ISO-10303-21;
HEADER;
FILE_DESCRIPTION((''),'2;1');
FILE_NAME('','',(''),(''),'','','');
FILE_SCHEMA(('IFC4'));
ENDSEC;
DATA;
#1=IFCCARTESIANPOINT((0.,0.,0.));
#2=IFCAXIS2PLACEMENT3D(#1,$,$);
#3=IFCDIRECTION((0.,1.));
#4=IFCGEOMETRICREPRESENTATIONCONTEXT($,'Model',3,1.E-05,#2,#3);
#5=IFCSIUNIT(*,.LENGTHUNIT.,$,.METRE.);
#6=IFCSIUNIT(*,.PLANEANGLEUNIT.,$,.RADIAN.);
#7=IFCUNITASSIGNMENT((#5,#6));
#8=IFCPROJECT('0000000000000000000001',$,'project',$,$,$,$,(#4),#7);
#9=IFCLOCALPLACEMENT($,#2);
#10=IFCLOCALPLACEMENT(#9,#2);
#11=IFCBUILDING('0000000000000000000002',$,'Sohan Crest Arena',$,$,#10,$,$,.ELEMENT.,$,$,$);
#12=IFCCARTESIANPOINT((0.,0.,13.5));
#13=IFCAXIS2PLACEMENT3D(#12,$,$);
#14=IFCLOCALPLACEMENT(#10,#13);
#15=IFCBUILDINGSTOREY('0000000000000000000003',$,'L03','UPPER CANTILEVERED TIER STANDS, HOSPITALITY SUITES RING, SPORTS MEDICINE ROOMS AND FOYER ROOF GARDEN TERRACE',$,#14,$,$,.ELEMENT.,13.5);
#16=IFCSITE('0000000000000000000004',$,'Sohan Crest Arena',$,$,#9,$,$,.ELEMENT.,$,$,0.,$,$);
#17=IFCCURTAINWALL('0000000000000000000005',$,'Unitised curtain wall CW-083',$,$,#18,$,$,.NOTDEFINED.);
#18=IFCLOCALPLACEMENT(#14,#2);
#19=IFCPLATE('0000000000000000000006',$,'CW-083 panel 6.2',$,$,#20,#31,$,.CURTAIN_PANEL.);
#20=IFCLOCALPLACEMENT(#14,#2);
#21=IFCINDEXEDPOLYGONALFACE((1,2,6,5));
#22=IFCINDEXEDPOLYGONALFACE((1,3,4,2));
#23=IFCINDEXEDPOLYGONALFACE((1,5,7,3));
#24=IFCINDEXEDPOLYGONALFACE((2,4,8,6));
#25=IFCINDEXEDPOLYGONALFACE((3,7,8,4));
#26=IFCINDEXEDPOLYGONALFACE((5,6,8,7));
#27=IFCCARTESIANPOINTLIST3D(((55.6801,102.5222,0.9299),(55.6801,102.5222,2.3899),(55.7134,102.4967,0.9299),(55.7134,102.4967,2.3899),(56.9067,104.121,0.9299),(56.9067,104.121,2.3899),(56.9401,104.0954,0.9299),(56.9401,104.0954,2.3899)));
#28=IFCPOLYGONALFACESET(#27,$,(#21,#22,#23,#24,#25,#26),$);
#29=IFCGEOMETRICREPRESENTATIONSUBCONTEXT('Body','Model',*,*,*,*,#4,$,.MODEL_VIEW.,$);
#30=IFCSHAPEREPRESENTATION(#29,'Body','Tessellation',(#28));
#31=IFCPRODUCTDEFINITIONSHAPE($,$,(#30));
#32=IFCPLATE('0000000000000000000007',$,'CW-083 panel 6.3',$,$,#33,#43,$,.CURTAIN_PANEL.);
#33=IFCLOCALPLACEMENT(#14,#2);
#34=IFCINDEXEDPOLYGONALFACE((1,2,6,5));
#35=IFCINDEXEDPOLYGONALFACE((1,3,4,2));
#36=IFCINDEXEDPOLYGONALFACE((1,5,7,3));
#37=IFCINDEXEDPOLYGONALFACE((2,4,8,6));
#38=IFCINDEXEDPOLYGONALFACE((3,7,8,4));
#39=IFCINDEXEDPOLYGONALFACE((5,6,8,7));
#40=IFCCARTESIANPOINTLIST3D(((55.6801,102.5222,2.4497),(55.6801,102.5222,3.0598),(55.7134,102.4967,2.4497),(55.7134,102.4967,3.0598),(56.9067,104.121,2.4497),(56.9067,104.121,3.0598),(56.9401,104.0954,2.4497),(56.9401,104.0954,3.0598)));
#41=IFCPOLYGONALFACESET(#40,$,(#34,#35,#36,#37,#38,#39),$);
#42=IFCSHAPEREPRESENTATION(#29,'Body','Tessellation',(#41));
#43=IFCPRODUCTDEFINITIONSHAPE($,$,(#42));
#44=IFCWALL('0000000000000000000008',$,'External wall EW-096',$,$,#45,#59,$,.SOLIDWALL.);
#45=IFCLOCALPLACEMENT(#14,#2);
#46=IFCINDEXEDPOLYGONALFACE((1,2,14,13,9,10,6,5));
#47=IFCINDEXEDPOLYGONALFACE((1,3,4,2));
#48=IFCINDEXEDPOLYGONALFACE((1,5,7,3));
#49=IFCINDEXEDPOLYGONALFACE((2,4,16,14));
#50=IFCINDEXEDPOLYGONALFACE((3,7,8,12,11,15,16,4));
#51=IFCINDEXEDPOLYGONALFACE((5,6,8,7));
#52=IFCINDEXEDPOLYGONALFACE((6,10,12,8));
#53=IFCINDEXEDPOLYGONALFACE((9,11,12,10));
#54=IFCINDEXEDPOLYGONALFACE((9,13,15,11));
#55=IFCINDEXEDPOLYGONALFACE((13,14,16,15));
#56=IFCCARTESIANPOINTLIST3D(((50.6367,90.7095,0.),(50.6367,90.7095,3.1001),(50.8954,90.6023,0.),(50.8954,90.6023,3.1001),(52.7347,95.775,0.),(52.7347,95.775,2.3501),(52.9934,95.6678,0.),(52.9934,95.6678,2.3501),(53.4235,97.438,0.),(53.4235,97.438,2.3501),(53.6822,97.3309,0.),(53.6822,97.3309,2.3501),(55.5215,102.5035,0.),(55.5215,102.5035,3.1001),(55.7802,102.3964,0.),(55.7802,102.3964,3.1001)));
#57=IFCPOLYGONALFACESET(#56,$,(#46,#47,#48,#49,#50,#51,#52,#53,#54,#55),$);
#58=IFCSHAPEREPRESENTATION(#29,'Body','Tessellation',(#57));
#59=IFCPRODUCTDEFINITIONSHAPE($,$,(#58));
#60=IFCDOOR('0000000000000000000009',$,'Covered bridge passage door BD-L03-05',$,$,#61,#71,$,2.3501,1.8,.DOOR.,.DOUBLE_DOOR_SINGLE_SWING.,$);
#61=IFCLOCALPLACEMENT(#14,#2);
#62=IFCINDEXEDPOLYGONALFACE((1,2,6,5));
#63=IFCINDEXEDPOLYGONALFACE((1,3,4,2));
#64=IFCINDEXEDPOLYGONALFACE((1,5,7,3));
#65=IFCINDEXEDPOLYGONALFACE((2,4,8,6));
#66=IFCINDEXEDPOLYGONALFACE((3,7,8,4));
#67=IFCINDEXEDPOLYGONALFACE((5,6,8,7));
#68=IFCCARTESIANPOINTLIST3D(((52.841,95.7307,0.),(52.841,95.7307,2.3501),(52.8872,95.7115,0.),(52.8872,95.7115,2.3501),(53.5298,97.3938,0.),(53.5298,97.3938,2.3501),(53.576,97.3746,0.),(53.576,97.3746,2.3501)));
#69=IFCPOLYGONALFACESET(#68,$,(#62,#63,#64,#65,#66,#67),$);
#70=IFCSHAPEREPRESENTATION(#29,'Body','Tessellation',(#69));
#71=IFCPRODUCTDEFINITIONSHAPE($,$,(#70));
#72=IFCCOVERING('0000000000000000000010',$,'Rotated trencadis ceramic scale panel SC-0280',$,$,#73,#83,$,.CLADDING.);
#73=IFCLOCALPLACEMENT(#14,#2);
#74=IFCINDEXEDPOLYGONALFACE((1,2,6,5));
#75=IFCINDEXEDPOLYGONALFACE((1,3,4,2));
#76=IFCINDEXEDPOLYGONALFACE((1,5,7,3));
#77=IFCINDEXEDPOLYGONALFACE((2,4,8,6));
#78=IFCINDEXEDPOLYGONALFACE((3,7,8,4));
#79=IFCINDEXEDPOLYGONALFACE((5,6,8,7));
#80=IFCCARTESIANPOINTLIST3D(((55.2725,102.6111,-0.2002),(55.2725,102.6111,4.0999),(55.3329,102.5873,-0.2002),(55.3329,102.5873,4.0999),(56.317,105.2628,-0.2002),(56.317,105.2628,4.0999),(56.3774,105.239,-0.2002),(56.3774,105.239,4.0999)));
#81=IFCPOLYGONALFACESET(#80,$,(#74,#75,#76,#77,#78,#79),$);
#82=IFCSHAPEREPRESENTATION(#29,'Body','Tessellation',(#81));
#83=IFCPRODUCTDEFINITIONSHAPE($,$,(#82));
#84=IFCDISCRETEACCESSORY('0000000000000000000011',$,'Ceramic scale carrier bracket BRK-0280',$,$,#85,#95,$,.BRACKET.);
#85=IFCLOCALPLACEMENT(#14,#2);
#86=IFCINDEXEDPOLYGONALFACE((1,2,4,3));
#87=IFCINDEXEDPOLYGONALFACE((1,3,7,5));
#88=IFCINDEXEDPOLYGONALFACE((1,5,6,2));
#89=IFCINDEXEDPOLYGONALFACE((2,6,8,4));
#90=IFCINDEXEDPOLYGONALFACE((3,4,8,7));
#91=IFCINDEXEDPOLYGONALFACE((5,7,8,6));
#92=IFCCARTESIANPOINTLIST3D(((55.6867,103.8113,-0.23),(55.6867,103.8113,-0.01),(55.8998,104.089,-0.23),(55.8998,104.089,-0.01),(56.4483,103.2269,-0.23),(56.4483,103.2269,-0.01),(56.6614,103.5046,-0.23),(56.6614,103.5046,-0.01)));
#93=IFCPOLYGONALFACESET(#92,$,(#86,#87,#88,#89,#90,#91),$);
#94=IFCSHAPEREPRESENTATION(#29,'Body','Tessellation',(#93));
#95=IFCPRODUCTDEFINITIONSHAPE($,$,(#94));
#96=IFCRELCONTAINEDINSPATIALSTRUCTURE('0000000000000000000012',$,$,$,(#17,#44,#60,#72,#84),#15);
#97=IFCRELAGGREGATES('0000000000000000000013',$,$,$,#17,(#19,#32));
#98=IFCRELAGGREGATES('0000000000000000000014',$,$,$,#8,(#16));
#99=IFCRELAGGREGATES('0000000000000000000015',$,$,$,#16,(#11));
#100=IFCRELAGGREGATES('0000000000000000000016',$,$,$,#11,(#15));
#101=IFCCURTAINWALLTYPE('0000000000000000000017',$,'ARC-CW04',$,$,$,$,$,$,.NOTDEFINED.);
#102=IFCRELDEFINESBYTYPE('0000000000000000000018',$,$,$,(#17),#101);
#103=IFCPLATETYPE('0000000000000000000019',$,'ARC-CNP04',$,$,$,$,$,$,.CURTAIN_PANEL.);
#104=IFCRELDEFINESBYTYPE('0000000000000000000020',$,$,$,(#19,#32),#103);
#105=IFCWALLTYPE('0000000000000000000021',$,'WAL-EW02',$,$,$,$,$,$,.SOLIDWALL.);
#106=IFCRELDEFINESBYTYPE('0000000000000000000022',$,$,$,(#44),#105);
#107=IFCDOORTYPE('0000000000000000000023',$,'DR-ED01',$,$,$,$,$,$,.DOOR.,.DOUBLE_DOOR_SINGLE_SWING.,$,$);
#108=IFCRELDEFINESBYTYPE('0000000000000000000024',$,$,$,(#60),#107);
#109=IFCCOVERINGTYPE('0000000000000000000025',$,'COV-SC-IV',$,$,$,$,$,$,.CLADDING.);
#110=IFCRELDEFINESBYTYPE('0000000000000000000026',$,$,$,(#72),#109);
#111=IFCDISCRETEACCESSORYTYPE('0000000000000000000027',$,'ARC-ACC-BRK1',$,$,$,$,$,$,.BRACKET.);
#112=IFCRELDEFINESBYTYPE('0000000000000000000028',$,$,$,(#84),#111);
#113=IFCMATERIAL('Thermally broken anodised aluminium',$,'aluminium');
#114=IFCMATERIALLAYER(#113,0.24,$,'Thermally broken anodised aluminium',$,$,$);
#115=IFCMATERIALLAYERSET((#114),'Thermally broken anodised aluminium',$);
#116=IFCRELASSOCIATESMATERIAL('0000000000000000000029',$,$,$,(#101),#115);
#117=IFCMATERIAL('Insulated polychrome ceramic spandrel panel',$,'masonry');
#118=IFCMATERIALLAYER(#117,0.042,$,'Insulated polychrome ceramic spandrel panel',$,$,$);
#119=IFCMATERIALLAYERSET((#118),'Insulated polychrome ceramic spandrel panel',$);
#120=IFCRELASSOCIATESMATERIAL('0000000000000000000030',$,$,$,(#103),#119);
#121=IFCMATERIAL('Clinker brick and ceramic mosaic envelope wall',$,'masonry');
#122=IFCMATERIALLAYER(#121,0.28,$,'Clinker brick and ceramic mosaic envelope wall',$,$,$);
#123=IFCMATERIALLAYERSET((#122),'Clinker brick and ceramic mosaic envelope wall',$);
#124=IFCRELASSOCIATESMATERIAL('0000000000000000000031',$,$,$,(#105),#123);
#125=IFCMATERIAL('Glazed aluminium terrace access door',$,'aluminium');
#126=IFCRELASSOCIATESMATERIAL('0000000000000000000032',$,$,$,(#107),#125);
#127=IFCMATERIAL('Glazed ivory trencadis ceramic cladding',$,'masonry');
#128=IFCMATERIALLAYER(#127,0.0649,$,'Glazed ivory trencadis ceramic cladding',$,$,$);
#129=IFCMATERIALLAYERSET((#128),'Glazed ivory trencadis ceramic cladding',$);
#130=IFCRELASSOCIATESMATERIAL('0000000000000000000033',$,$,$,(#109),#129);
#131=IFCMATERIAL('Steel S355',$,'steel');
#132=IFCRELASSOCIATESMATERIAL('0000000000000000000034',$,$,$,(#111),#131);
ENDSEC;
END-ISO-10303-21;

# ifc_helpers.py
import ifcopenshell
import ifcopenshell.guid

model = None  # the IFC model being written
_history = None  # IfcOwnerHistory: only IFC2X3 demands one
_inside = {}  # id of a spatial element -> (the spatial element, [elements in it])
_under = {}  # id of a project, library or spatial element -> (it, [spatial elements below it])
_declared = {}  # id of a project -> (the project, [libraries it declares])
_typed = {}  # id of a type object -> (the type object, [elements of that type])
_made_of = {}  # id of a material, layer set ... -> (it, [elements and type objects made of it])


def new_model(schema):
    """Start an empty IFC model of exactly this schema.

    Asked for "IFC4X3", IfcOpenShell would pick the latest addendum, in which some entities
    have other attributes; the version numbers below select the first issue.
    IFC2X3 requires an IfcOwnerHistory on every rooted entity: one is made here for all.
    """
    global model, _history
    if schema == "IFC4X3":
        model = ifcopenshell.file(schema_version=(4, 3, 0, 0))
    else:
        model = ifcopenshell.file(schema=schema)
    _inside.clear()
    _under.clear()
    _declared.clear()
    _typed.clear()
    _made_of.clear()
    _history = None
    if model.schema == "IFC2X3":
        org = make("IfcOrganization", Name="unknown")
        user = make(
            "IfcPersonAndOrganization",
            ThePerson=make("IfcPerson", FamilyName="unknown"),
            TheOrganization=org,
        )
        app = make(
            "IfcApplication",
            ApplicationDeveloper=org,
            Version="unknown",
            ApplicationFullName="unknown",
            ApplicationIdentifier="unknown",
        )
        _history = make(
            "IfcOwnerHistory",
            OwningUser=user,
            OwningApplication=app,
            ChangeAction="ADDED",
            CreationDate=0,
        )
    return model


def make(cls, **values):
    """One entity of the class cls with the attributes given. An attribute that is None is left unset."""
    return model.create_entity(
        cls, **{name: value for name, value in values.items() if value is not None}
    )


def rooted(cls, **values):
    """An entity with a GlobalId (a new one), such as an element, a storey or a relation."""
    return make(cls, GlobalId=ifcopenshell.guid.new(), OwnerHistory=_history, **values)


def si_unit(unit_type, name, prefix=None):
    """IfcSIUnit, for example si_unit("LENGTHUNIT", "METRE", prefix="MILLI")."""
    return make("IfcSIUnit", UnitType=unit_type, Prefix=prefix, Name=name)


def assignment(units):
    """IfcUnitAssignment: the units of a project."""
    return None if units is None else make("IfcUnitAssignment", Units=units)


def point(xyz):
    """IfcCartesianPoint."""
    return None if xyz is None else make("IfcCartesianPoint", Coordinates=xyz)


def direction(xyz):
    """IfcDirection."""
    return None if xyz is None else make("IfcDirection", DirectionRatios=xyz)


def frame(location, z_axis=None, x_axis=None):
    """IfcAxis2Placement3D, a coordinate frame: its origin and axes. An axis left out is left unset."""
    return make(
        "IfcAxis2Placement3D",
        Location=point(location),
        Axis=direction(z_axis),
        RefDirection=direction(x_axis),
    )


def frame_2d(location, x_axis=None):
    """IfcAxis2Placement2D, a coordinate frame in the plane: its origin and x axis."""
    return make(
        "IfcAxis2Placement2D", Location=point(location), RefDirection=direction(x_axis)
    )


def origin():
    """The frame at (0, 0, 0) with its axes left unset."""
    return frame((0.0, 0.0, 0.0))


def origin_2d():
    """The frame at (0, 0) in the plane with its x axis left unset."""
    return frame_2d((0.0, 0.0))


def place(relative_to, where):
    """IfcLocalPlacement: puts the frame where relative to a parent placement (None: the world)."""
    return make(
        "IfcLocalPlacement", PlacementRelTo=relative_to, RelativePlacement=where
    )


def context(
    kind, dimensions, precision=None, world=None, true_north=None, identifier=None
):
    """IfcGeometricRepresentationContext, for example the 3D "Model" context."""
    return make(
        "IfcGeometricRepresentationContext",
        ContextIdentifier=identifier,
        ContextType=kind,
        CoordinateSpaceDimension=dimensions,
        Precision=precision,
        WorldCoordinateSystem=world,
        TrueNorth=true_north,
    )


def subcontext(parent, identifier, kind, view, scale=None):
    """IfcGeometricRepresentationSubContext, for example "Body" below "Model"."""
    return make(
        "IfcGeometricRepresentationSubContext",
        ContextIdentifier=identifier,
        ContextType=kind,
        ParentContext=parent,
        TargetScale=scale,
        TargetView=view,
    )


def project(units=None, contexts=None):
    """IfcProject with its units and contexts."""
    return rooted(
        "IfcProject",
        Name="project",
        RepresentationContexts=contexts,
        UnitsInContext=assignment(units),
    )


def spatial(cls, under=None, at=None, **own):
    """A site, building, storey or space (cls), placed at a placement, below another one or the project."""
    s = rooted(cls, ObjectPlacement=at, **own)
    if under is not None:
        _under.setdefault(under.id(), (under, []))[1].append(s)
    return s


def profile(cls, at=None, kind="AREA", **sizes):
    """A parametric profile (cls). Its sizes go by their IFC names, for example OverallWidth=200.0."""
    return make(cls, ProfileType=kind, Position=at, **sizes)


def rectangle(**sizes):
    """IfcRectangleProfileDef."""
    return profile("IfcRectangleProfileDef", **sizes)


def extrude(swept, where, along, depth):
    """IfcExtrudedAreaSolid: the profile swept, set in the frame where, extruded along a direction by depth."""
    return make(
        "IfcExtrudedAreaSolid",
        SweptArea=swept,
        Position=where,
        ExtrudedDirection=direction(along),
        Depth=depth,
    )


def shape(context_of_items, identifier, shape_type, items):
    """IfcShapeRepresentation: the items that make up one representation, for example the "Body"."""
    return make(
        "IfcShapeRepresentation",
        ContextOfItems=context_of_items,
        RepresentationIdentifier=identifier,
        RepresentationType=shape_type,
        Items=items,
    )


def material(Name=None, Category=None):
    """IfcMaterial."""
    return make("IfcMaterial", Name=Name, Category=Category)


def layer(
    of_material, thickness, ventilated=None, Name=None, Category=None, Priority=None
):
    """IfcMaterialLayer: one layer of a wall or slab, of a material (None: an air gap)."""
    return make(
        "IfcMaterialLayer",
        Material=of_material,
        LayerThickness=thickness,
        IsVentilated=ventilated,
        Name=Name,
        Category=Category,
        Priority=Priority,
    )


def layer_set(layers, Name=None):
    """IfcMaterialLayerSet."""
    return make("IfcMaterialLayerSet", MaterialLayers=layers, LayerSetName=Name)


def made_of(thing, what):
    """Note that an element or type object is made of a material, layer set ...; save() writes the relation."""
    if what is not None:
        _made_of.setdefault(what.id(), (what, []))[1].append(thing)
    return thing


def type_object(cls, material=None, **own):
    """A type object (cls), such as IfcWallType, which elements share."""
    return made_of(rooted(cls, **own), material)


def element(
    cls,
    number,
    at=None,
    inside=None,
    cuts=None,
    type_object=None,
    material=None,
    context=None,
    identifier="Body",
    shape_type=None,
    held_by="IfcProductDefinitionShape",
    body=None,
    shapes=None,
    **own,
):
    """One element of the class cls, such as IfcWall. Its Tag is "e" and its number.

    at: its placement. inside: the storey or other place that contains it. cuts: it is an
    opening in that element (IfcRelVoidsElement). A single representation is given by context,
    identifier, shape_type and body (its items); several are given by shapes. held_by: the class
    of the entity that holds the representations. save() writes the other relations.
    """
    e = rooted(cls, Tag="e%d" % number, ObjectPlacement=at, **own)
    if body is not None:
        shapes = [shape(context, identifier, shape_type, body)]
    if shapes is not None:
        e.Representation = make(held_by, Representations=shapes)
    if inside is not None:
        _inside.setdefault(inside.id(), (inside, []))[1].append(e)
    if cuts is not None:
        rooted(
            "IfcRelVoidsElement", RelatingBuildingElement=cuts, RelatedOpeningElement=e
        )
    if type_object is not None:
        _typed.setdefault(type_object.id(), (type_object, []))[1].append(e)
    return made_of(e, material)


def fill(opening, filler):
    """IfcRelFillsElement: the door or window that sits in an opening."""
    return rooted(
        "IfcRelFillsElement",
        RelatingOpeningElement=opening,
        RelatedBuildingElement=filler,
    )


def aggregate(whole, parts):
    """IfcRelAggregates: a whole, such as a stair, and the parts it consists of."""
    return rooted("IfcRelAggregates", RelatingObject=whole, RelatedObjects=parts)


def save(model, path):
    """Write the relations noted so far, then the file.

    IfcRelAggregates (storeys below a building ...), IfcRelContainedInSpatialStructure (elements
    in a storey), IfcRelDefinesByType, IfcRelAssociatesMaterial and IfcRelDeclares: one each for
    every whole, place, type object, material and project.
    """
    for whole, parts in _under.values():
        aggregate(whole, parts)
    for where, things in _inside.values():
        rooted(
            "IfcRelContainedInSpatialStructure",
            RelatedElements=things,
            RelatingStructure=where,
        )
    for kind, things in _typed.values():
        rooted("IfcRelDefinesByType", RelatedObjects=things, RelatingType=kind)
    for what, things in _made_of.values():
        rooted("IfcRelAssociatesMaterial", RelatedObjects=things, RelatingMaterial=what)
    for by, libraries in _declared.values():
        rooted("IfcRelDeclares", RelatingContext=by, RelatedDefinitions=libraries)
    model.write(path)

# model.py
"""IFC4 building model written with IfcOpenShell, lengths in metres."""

from ifc_helpers import new_model, si_unit, direction, frame, frame_2d, origin, origin_2d, place, context, subcontext, project, spatial, rectangle, extrude, material, layer, layer_set, type_object, element, fill, aggregate, save


model = new_model("IFC4")

# Units and contexts
model_context = context("Model", 3, precision=1e-05, world=origin(), true_north=direction((0.0, 1.0)))
body_context = subcontext(model_context, "Body", "Model", "MODEL_VIEW")
ifc_project = project(units=[si_unit("LENGTHUNIT", "METRE"), si_unit("PLANEANGLEUNIT", "RADIAN")], contexts=[model_context])

# Site, building, storey
site_placement = place(None, origin())
site = spatial("IfcSite", under=ifc_project, at=site_placement, Name="Sohan Crest Arena", CompositionType="ELEMENT", RefElevation=0.0)
building_placement = place(site_placement, origin())
building = spatial("IfcBuilding", under=site, at=building_placement, Name="Sohan Crest Arena", CompositionType="ELEMENT")
storey_placement = place(building_placement, frame((0.0, 0.0, 13.5)))
storey = spatial("IfcBuildingStorey", under=building, at=storey_placement, Name="L03", Description="UPPER CANTILEVERED TIER STANDS, HOSPITALITY SUITES RING, SPORTS MEDICINE ROOMS AND FOYER ROOF GARDEN TERRACE", CompositionType="ELEMENT", Elevation=13.5)

# Shared definitions
ifc_material_1 = material(Name="Steel S355", Category="steel")

# Shared definitions
ifc_material_2 = material(Name="Thermally broken anodised aluminium", Category="aluminium")

# Curtain wall
ifc_layer_1 = layer(ifc_material_2, 0.24, Name="Thermally broken anodised aluminium")
ifc_layer_set_1 = layer_set([ifc_layer_1], Name="Thermally broken anodised aluminium")
curtain_wall_type_1 = type_object("IfcCurtainWallType", Name="ARC-CW04", PredefinedType="NOTDEFINED", material=ifc_layer_set_1)
curtain_wall_1_placement = place(storey_placement, origin())
curtain_wall_1 = element("IfcCurtainWall", 1, at=curtain_wall_1_placement, inside=storey, type_object=curtain_wall_type_1, Name="Unitised curtain wall CW-083", PredefinedType="NOTDEFINED")

# Plates
ifc_material_3 = material(Name="Insulated polychrome ceramic spandrel panel", Category="masonry")
ifc_layer_2 = layer(ifc_material_3, 0.042, Name="Insulated polychrome ceramic spandrel panel")
ifc_layer_set_2 = layer_set([ifc_layer_2], Name="Insulated polychrome ceramic spandrel panel")
plate_type_1 = type_object("IfcPlateType", Name="ARC-CNP04", PredefinedType="CURTAIN_PANEL", material=ifc_layer_set_2)
plate_1_placement = place(storey_placement, frame((56.3101, 103.3088, 0.9299), z_axis=(0.0, 0.0, 1.0), x_axis=(-0.608737, -0.793372, 0.0)))
plate_1 = element("IfcPlate", 2, at=plate_1_placement, type_object=plate_type_1, Name="CW-083 panel 6.2", PredefinedType="CURTAIN_PANEL", context=body_context, shape_type="SweptSolid", body=[
    extrude(rectangle(XDim=2.0151, YDim=0.042, at=origin_2d()), origin(), (0.0, 0.0, 1.0), 1.46),
])
plate_2_placement = place(storey_placement, frame((56.3101, 103.3088, 2.4497), z_axis=(0.0, 0.0, 1.0), x_axis=(-0.608737, -0.793372, 0.0)))
plate_2 = element("IfcPlate", 3, at=plate_2_placement, type_object=plate_type_1, Name="CW-083 panel 6.3", PredefinedType="CURTAIN_PANEL", context=body_context, shape_type="SweptSolid", body=[
    extrude(rectangle(XDim=2.0151, YDim=0.042, at=origin_2d()), origin(), (0.0, 0.0, 1.0), 0.6101),
])
aggregate(curtain_wall_1, [plate_1, plate_2])

# Wall, opening, door
ifc_material_4 = material(Name="Clinker brick and ceramic mosaic envelope wall", Category="masonry")
ifc_layer_3 = layer(ifc_material_4, 0.28, Name="Clinker brick and ceramic mosaic envelope wall")
ifc_layer_set_3 = layer_set([ifc_layer_3], Name="Clinker brick and ceramic mosaic envelope wall")
wall_type = type_object("IfcWallType", Name="WAL-EW02", PredefinedType="SOLIDWALL", material=ifc_layer_set_3)
wall_placement = place(storey_placement, frame((55.6509, 102.45, 0.0), z_axis=(0.0, 0.0, 1.0), x_axis=(-0.382654, -0.923892, 0.0)))
wall = element("IfcWall", 4, at=wall_placement, inside=storey, type_object=wall_type, Name="External wall EW-096", PredefinedType="SOLIDWALL", context=body_context, shape_type="SweptSolid", body=[
    extrude(rectangle(XDim=12.7656, YDim=0.28, at=frame_2d((6.3828, 0.0))), origin(), (0.0, 0.0, 1.0), 3.1001),
])
opening_placement = place(wall_placement, frame((5.4829, 0.0, 0.0)))
opening = element("IfcOpeningElement", 5, at=opening_placement, cuts=wall, PredefinedType="OPENING", context=body_context, shape_type="SweptSolid", body=[
    extrude(rectangle(XDim=1.8, YDim=2.3501, at=frame_2d((0.8999, 1.175))), frame((0.0, 0.1499, 0.0), z_axis=(0.0, -1.0, 0.0), x_axis=(1.0, 0.0, 0.0)), (0.0, 0.0, 1.0), 0.3),
])
ifc_material_5 = material(Name="Glazed aluminium terrace access door", Category="aluminium")
door_type = type_object("IfcDoorType", Name="DR-ED01", OperationType="DOUBLE_DOOR_SINGLE_SWING", PredefinedType="DOOR", material=ifc_material_5)
door_placement = place(opening_placement, frame((1.8, 0.0, 0.0), z_axis=(0.0, 0.0, 1.0), x_axis=(-1.0, 0.0, 0.0)))
door = element("IfcDoor", 6, at=door_placement, inside=storey, type_object=door_type, Name="Covered bridge passage door BD-L03-05", OperationType="DOUBLE_DOOR_SINGLE_SWING", OverallHeight=2.3501, OverallWidth=1.8, PredefinedType="DOOR", context=body_context, shape_type="SweptSolid", body=[
    extrude(rectangle(XDim=1.8, YDim=2.3501, at=frame_2d((0.8999, 1.175))), frame((0.0, 0.0249, 0.0), z_axis=(0.0, -1.0, 0.0), x_axis=(1.0, 0.0, 0.0)), (0.0, 0.0, 1.0), 0.05),
])
fill(opening, door)

# Covering
ifc_material_6 = material(Name="Glazed ivory trencadis ceramic cladding", Category="masonry")
ifc_layer_4 = layer(ifc_material_6, 0.0649, Name="Glazed ivory trencadis ceramic cladding")
ifc_layer_set_4 = layer_set([ifc_layer_4], Name="Glazed ivory trencadis ceramic cladding")
covering_type = type_object("IfcCoveringType", Name="COV-SC-IV", PredefinedType="CLADDING", material=ifc_layer_set_4)
covering_placement = place(storey_placement, frame((55.825, 103.925, -0.2002), z_axis=(0.0, 0.0, 1.0), x_axis=(-0.366501, -0.930418, 0.0)))
element("IfcCovering", 7, at=covering_placement, inside=storey, type_object=covering_type, Name="Rotated trencadis ceramic scale panel SC-0280", PredefinedType="CLADDING", context=body_context, shape_type="SweptSolid", body=[
    extrude(rectangle(XDim=2.8501, YDim=0.0649, at=origin_2d()), origin(), (0.0, 0.0, 1.0), 4.3),
])

# Discrete accessory
discrete_accessory_type = type_object("IfcDiscreteAccessoryType", Name="ARC-ACC-BRK1", PredefinedType="BRACKET", material=ifc_material_1)
discrete_accessory_placement = place(storey_placement, frame((56.1741, 103.658, -0.23), z_axis=(0.0, 0.0, 1.0), x_axis=(-0.608761, -0.793353, 0.0)))
element("IfcDiscreteAccessory", 8, at=discrete_accessory_placement, inside=storey, type_object=discrete_accessory_type, Name="Ceramic scale carrier bracket BRK-0280", PredefinedType="BRACKET", context=body_context, shape_type="SweptSolid", body=[
    extrude(rectangle(XDim=0.3501, YDim=0.96, at=origin_2d()), origin(), (0.0, 0.0, 1.0), 0.22),
])

save(model, "model.ifc")
